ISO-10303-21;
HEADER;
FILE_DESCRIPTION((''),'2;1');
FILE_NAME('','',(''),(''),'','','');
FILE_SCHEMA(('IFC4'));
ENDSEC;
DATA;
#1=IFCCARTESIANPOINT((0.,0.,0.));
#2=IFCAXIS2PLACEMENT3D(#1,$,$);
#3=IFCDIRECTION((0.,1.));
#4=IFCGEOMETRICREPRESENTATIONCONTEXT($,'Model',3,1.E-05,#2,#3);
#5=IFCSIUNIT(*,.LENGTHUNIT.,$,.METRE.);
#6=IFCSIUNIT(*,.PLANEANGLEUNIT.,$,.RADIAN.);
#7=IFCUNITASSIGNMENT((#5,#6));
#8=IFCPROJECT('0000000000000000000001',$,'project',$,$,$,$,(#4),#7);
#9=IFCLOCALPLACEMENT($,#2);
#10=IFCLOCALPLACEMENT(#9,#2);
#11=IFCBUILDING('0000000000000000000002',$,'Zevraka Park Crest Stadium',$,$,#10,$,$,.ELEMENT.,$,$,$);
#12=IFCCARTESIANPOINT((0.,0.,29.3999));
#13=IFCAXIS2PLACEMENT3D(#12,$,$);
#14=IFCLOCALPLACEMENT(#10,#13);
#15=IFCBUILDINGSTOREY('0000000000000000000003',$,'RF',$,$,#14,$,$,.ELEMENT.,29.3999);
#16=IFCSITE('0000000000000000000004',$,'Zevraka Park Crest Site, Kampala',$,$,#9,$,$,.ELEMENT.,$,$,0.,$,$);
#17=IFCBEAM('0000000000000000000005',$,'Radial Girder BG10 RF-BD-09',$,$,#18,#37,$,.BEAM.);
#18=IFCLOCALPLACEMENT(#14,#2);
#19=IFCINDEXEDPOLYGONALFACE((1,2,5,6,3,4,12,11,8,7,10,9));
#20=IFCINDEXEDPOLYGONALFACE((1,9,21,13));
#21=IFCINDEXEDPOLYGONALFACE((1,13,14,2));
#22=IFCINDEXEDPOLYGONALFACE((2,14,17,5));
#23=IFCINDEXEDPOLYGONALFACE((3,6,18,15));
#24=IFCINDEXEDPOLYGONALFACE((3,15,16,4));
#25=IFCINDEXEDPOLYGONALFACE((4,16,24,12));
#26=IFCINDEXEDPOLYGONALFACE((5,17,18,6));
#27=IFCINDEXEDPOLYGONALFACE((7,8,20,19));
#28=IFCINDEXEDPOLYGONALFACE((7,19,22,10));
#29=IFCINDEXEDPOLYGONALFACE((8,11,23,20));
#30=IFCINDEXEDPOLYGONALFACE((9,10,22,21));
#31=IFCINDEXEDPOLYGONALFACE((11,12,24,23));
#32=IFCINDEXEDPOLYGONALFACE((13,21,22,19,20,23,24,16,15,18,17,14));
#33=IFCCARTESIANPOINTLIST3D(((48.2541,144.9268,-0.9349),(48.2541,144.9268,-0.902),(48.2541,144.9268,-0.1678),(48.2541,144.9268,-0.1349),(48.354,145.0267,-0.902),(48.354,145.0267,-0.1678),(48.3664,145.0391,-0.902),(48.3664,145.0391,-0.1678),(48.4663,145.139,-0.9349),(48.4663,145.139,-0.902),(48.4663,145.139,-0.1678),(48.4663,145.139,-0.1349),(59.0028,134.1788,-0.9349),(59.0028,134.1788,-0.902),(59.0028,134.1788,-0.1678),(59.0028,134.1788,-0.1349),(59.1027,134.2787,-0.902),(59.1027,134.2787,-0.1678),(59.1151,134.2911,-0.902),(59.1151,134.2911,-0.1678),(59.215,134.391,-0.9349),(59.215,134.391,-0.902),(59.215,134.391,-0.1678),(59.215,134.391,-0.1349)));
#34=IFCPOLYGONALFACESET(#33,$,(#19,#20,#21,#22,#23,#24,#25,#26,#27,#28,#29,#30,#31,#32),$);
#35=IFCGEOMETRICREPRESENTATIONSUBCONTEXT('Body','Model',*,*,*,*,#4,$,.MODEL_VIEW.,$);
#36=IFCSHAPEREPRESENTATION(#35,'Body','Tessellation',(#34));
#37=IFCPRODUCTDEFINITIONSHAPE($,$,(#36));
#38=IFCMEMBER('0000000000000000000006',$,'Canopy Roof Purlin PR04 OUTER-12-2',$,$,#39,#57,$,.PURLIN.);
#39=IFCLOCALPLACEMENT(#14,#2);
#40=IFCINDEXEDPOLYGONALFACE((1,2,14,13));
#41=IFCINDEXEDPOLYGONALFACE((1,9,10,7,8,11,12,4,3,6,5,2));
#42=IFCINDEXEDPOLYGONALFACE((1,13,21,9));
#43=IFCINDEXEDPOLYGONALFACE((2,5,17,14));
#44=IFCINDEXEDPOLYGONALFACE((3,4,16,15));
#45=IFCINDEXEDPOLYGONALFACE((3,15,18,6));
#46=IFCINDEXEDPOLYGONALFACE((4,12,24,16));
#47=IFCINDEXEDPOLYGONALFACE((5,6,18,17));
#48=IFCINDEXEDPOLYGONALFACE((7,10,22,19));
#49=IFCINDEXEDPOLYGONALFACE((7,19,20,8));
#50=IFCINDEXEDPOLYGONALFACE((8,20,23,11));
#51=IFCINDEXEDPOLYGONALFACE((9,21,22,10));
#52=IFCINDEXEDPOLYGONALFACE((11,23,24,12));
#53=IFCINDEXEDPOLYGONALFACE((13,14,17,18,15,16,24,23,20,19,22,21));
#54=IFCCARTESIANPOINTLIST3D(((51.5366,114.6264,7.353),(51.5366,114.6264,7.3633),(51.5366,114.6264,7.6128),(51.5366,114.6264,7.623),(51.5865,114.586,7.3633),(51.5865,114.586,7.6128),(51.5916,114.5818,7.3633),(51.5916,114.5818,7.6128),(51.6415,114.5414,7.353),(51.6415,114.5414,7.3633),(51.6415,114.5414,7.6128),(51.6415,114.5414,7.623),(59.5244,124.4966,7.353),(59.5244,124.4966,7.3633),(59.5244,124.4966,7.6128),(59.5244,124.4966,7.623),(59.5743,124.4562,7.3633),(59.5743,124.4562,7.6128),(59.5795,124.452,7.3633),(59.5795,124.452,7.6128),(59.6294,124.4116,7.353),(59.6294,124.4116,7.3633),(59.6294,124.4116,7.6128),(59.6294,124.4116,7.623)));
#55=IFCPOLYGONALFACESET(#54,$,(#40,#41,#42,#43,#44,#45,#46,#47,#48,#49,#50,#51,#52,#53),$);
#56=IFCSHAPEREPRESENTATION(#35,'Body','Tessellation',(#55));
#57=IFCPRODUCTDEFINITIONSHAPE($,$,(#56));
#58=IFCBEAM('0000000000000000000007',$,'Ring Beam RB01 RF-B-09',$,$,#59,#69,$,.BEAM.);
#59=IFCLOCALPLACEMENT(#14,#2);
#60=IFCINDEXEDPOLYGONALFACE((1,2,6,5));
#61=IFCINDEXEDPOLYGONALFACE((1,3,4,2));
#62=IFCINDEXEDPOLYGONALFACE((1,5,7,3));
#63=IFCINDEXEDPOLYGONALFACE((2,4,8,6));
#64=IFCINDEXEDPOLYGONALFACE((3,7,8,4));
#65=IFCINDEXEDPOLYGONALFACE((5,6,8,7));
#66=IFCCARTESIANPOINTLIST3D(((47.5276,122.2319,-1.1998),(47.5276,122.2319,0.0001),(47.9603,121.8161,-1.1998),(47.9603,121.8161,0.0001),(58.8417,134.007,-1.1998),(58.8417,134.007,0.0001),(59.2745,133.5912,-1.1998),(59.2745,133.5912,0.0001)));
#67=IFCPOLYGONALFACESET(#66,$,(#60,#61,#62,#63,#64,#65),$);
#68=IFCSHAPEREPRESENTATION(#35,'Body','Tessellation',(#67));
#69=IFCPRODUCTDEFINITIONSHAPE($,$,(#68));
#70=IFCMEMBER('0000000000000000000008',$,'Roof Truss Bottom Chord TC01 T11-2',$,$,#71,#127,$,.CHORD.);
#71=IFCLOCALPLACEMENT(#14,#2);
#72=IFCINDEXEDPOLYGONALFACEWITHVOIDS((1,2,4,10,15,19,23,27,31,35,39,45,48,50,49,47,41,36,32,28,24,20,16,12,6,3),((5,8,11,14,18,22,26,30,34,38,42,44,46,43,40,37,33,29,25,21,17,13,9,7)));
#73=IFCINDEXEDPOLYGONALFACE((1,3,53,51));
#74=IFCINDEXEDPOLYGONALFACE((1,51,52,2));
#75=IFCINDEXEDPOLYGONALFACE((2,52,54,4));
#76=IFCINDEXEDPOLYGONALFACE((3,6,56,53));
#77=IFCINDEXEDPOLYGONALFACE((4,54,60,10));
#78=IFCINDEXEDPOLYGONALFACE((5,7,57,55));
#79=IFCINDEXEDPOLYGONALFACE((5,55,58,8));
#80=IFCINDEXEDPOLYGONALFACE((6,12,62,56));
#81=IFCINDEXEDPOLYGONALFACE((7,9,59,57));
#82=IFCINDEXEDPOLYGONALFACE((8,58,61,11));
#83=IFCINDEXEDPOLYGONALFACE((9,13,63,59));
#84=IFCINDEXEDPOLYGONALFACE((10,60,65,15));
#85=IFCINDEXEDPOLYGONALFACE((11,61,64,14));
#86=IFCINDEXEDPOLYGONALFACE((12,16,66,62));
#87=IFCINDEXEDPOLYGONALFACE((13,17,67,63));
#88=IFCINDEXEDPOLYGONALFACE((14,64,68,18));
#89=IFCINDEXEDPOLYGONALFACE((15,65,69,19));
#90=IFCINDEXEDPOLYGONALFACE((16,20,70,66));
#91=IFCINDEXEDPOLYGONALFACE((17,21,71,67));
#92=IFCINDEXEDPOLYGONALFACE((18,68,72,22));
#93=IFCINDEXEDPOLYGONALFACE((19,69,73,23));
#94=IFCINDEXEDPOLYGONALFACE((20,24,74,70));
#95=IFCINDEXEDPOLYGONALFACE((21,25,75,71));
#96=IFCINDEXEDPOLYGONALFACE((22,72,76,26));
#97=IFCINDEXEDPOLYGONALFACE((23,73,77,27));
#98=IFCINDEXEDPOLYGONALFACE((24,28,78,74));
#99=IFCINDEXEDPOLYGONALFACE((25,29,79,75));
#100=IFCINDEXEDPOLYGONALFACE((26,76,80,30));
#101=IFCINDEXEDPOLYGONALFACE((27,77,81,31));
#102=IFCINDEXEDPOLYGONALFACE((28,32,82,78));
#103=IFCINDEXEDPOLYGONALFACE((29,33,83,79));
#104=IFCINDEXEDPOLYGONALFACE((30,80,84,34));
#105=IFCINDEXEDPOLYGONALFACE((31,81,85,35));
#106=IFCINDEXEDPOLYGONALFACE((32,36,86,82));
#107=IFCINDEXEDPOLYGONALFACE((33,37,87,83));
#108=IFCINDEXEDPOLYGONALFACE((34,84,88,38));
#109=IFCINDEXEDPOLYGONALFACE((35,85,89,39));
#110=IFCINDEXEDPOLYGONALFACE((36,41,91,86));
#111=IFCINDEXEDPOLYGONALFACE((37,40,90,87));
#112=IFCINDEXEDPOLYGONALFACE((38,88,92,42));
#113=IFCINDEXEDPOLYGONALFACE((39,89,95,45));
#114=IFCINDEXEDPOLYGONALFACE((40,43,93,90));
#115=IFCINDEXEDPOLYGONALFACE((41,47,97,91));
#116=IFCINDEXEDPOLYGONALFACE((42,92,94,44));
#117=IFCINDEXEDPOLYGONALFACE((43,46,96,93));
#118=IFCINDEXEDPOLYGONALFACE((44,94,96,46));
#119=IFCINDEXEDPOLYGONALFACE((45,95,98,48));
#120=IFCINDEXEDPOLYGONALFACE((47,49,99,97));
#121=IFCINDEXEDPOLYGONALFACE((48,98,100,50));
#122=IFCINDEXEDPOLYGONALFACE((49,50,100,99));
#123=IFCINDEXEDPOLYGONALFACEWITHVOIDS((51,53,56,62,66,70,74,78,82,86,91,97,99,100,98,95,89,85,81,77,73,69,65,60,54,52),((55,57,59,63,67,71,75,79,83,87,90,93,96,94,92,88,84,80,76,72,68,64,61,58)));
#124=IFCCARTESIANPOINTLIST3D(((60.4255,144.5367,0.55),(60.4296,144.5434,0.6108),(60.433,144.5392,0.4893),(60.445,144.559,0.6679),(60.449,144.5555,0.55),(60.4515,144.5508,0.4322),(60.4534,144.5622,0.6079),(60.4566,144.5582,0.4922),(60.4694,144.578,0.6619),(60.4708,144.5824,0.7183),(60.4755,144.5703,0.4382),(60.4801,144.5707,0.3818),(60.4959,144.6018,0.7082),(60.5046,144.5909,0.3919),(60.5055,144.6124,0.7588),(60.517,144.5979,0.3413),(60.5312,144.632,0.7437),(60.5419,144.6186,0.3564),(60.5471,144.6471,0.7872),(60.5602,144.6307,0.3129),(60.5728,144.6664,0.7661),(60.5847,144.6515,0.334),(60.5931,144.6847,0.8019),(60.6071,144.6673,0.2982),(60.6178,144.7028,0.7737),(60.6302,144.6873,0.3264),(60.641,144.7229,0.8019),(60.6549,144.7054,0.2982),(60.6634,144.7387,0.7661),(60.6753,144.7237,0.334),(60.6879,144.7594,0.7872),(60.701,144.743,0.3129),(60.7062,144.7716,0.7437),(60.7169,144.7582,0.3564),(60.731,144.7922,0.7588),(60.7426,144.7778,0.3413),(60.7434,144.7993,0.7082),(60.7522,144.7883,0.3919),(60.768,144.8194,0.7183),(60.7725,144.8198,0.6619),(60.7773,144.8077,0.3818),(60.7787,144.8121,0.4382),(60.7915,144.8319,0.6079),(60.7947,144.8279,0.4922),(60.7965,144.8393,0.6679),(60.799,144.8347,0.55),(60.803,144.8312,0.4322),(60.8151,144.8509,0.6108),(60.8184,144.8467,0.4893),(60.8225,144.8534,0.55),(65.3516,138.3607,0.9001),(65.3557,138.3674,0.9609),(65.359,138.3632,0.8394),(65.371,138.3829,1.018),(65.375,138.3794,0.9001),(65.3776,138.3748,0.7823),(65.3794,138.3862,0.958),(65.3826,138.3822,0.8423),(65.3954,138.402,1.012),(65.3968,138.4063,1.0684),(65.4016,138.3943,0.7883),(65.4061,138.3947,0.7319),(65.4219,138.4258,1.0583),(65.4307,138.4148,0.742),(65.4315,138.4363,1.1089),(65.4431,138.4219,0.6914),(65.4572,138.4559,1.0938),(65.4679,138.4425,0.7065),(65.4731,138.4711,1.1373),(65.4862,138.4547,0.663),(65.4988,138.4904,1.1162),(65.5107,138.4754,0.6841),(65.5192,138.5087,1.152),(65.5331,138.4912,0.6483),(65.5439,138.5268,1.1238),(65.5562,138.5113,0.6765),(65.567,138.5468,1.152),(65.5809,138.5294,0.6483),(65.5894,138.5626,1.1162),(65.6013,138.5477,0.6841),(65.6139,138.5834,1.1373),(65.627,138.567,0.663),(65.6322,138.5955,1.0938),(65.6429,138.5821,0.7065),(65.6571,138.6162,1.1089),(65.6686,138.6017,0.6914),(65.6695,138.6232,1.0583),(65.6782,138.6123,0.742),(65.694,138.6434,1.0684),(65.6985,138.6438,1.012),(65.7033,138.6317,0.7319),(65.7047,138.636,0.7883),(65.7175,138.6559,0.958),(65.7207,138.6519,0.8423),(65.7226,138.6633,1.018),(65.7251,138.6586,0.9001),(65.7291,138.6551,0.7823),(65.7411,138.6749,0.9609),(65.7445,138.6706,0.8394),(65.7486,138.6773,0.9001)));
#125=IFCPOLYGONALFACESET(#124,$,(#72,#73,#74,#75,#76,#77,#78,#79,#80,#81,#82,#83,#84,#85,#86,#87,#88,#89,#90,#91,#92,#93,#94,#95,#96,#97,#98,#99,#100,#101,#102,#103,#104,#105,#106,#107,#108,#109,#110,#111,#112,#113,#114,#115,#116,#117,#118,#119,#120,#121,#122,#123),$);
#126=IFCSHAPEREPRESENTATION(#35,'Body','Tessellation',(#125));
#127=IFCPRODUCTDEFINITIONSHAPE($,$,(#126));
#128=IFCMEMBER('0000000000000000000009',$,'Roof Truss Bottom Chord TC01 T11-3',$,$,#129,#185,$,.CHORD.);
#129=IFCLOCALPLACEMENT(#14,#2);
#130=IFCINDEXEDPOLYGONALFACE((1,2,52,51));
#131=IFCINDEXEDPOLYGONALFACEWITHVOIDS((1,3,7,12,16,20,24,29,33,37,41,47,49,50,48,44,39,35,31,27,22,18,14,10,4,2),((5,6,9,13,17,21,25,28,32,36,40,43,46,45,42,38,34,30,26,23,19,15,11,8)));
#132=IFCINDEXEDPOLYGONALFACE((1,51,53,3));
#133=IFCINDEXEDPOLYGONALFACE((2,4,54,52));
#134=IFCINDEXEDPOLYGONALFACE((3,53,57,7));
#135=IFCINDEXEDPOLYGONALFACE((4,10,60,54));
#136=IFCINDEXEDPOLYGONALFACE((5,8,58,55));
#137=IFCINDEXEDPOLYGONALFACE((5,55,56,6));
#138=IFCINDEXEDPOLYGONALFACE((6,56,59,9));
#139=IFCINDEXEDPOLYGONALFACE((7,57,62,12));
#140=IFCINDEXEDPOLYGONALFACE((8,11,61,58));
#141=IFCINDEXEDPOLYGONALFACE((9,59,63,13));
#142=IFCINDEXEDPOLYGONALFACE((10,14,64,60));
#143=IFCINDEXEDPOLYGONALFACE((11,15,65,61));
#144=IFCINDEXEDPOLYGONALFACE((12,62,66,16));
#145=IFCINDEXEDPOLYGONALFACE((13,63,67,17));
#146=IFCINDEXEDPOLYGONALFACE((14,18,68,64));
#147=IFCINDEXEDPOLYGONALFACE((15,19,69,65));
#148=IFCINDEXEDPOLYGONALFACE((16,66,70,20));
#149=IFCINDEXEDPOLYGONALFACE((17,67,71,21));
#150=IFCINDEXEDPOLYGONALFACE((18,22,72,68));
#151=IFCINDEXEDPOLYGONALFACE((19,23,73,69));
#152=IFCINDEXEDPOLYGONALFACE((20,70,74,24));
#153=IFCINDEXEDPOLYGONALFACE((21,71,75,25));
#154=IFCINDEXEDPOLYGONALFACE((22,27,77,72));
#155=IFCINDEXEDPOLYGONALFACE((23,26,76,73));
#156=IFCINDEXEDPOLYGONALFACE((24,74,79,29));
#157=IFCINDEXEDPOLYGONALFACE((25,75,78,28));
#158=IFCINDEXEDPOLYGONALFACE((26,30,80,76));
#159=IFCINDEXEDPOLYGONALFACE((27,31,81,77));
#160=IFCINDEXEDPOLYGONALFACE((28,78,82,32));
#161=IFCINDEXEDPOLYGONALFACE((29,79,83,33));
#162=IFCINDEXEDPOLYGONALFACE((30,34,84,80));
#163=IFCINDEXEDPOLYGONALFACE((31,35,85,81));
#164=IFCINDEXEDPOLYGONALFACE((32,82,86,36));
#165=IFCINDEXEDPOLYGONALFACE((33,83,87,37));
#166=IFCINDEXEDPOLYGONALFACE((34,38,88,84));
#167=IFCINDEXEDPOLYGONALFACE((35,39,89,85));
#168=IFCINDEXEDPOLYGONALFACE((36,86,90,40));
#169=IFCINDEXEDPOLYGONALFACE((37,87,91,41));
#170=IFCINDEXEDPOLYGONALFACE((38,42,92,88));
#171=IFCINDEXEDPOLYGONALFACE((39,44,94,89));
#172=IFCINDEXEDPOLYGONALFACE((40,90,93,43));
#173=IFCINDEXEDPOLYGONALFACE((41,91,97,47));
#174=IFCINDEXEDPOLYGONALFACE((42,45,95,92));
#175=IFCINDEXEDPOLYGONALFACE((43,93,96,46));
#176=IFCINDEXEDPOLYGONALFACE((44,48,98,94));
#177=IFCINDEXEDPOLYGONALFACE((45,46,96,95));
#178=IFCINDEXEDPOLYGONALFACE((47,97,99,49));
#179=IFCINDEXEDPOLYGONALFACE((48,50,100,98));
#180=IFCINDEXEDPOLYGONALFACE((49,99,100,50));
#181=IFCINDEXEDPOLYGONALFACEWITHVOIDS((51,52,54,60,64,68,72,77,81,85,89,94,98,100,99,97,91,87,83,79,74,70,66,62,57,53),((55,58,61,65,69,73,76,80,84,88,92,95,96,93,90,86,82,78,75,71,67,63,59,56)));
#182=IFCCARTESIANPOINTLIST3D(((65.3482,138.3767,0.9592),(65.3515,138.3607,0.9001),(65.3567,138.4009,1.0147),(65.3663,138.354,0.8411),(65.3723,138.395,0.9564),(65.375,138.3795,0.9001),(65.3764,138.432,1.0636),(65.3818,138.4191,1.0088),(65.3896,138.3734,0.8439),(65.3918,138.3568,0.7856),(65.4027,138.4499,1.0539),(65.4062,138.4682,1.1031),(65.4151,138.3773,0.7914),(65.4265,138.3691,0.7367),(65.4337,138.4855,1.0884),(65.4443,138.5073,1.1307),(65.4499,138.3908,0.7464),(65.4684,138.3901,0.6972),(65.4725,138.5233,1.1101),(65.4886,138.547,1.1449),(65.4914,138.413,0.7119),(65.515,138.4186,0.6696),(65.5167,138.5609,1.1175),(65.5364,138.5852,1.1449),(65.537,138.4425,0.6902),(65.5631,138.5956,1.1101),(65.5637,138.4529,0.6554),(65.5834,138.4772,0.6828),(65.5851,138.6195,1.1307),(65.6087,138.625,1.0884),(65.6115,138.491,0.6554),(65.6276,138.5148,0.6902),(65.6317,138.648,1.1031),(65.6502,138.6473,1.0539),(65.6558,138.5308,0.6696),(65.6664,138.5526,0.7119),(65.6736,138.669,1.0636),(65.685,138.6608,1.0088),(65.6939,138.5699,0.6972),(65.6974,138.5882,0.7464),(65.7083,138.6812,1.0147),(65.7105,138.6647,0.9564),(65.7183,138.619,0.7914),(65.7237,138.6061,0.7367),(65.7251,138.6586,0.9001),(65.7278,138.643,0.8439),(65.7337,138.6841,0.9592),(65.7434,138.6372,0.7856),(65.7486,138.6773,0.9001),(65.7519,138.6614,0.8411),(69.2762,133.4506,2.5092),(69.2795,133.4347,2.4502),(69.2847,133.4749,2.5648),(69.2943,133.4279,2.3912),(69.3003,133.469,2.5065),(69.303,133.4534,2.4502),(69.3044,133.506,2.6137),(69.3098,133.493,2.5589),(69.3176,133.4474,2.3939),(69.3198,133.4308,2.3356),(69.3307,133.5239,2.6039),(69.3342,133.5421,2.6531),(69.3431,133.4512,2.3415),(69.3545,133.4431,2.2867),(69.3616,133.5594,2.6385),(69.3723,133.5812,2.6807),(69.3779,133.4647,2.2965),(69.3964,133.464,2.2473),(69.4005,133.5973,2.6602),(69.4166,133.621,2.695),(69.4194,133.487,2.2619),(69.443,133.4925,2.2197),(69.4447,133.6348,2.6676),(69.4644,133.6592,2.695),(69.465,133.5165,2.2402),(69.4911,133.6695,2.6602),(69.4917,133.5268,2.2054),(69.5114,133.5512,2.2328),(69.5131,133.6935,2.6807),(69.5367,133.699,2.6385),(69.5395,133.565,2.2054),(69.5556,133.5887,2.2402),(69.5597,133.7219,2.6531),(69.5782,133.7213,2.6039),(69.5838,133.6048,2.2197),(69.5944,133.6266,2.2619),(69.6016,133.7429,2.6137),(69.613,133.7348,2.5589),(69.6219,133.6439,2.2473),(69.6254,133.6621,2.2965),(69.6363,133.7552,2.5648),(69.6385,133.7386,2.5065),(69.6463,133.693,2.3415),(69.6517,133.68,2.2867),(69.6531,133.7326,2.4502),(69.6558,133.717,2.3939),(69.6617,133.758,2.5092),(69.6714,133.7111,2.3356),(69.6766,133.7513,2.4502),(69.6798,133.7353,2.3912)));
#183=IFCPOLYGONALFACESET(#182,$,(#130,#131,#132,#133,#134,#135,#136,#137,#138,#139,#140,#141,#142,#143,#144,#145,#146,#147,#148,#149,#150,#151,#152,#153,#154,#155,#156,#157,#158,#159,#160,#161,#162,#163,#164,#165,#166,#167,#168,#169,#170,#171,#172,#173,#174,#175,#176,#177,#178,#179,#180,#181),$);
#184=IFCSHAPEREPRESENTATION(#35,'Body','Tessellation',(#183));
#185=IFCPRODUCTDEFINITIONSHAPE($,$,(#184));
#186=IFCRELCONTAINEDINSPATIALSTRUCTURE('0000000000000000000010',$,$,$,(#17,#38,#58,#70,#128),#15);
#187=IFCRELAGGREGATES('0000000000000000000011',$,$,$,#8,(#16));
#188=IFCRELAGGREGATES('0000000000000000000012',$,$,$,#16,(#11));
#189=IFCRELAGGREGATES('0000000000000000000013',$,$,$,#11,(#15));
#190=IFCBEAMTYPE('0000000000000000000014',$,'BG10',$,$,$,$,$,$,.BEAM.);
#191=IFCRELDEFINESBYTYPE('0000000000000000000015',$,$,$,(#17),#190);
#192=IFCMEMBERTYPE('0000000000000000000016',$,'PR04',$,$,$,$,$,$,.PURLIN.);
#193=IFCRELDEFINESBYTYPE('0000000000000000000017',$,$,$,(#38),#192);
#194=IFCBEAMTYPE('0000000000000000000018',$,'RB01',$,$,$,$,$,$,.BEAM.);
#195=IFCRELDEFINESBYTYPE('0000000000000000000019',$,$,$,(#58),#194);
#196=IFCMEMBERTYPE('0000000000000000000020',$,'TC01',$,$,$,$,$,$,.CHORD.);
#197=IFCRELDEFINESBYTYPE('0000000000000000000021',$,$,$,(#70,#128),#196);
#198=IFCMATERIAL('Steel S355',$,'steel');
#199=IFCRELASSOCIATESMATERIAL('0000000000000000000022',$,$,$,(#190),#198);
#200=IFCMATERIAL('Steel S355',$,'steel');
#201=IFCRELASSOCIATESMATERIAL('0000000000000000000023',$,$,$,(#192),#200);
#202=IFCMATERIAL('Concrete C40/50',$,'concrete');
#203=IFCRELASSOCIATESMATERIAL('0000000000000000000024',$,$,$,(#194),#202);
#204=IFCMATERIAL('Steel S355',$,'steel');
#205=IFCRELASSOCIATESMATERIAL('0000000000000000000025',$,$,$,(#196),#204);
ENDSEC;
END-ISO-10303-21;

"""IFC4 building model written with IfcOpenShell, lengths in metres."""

from ifc_helpers import new_model, si_unit, direction, frame, origin, origin_2d, place, context, subcontext, project, spatial, rectangle, hollow_circle, i_section, extrude, material, material_profile, profile_set, type_object, element, save


model = new_model("IFC4")

# Units and contexts
model_context = context("Model", 3, precision=1e-05, world=origin(), true_north=direction((0.0, 1.0)))
body_context = subcontext(model_context, "Body", "Model", "MODEL_VIEW")
ifc_project = project(units=[si_unit("LENGTHUNIT", "METRE"), si_unit("PLANEANGLEUNIT", "RADIAN")], contexts=[model_context])

# Site, building, storey
site_placement = place(None, origin())
site = spatial("IfcSite", under=ifc_project, at=site_placement, Name="Zevraka Park Crest Site, Kampala", CompositionType="ELEMENT", RefElevation=0.0)
building_placement = place(site_placement, origin())
building = spatial("IfcBuilding", under=site, at=building_placement, Name="Zevraka Park Crest Stadium", CompositionType="ELEMENT")
storey_placement = place(building_placement, frame((0.0, 0.0, 29.3999)))
storey = spatial("IfcBuildingStorey", under=building, at=storey_placement, Name="RF", CompositionType="ELEMENT", Elevation=29.3999)

# Beam
ifc_material_1 = material(Name="Steel S355", Category="steel")
ifc_material_profile_1 = material_profile(ifc_material_1, i_section(OverallWidth=0.3, OverallDepth=0.8, WebThickness=0.0176, FlangeThickness=0.033, at=origin_2d()), Name="HEB 800")
ifc_profile_set_1 = profile_set([ifc_material_profile_1], Name="Steel S355")
beam_type_1 = type_object("IfcBeamType", Name="BG10", PredefinedType="BEAM", material=ifc_profile_set_1)
beam_1_placement = place(storey_placement, frame((59.1089, 134.2849, -0.5349), z_axis=(-0.707131, 0.707083, 0.0), x_axis=(-0.707083, -0.707131, 0.0)))
element("IfcBeam", 1, at=beam_1_placement, inside=storey, type_object=beam_type_1, Name="Radial Girder BG10 RF-BD-09", PredefinedType="BEAM", context=body_context, shape_type="SweptSolid", body=[
    extrude(i_section(OverallWidth=0.3, OverallDepth=0.8, WebThickness=0.0176, FlangeThickness=0.033, at=origin_2d()), origin(), (0.0, 0.0, 1.0), 15.2004),
])

# Member
ifc_material_2 = material(Name="Steel S355", Category="steel")
ifc_material_profile_2 = material_profile(ifc_material_2, i_section(OverallWidth=0.135, OverallDepth=0.27, WebThickness=0.0066, FlangeThickness=0.0103, at=origin_2d()), Name="IPE 270")
ifc_profile_set_2 = profile_set([ifc_material_profile_2], Name="Steel S355")
member_type_1 = type_object("IfcMemberType", Name="PR04", PredefinedType="PURLIN", material=ifc_profile_set_2)
member_1_placement = place(storey_placement, frame((59.5769, 124.4541, 7.488), z_axis=(-0.629089, -0.777334, 0.0), x_axis=(0.777334, -0.629089, 0.0)))
element("IfcMember", 2, at=member_1_placement, inside=storey, type_object=member_type_1, Name="Canopy Roof Purlin PR04 OUTER-12-2", PredefinedType="PURLIN", context=body_context, shape_type="SweptSolid", body=[
    extrude(i_section(OverallWidth=0.135, OverallDepth=0.27, WebThickness=0.0066, FlangeThickness=0.0103, at=origin_2d()), origin(), (0.0, 0.0, 1.0), 12.6975),
])

# Beam
ifc_material_3 = material(Name="Concrete C40/50", Category="concrete")
ifc_material_profile_3 = material_profile(ifc_material_3, rectangle(XDim=0.6001, YDim=1.2, at=origin_2d()), Name="RC 1200x600")
ifc_profile_set_3 = profile_set([ifc_material_profile_3], Name="Concrete C40/50")
beam_type_2 = type_object("IfcBeamType", Name="RB01", PredefinedType="BEAM", material=ifc_profile_set_3)
beam_2_placement = place(storey_placement, frame((59.0581, 133.7991, -0.5999), z_axis=(-0.692853, -0.721079, 0.0), x_axis=(0.721079, -0.692853, 0.0)))
element("IfcBeam", 3, at=beam_2_placement, inside=storey, type_object=beam_type_2, Name="Ring Beam RB01 RF-B-09", PredefinedType="BEAM", context=body_context, shape_type="SweptSolid", body=[
    extrude(rectangle(XDim=0.6001, YDim=1.2, at=origin_2d()), origin(), (0.0, 0.0, 1.0), 16.3298),
])

# Members
ifc_material_4 = material(Name="Steel S355", Category="steel")
ifc_material_profile_4 = material_profile(ifc_material_4, hollow_circle(Radius=0.2539, WallThickness=0.03, at=origin_2d()), Name="CHS 508.0x30")
ifc_profile_set_4 = profile_set([ifc_material_profile_4], Name="Steel S355")
member_type_2 = type_object("IfcMemberType", Name="TC01", PredefinedType="CHORD", material=ifc_profile_set_4)
member_2_placement = place(storey_placement, frame((60.624, 144.6951, 0.55), z_axis=(0.622941, -0.781015, 0.044273), x_axis=(0.781782, 0.623552, 0.0)))
element("IfcMember", 4, at=member_2_placement, inside=storey, type_object=member_type_2, Name="Roof Truss Bottom Chord TC01 T11-2", PredefinedType="CHORD", context=body_context, shape_type="SweptSolid", body=[
    extrude(hollow_circle(Radius=0.2539, WallThickness=0.03, at=origin_2d()), origin(), (0.0, 0.0, 1.0), 7.9077),
])
member_3_placement = place(storey_placement, frame((65.55, 138.519, 0.9001), z_axis=(0.605399, -0.759222, 0.238901), x_axis=(0.781862, 0.623451, 0.0)))
element("IfcMember", 5, at=member_3_placement, inside=storey, type_object=member_type_2, Name="Roof Truss Bottom Chord TC01 T11-3", PredefinedType="CHORD", context=body_context, shape_type="SweptSolid", body=[
    extrude(hollow_circle(Radius=0.2539, WallThickness=0.03, at=origin_2d()), origin(), (0.0, 0.0, 1.0), 6.4883),
])

save(model, "model.ifc")
